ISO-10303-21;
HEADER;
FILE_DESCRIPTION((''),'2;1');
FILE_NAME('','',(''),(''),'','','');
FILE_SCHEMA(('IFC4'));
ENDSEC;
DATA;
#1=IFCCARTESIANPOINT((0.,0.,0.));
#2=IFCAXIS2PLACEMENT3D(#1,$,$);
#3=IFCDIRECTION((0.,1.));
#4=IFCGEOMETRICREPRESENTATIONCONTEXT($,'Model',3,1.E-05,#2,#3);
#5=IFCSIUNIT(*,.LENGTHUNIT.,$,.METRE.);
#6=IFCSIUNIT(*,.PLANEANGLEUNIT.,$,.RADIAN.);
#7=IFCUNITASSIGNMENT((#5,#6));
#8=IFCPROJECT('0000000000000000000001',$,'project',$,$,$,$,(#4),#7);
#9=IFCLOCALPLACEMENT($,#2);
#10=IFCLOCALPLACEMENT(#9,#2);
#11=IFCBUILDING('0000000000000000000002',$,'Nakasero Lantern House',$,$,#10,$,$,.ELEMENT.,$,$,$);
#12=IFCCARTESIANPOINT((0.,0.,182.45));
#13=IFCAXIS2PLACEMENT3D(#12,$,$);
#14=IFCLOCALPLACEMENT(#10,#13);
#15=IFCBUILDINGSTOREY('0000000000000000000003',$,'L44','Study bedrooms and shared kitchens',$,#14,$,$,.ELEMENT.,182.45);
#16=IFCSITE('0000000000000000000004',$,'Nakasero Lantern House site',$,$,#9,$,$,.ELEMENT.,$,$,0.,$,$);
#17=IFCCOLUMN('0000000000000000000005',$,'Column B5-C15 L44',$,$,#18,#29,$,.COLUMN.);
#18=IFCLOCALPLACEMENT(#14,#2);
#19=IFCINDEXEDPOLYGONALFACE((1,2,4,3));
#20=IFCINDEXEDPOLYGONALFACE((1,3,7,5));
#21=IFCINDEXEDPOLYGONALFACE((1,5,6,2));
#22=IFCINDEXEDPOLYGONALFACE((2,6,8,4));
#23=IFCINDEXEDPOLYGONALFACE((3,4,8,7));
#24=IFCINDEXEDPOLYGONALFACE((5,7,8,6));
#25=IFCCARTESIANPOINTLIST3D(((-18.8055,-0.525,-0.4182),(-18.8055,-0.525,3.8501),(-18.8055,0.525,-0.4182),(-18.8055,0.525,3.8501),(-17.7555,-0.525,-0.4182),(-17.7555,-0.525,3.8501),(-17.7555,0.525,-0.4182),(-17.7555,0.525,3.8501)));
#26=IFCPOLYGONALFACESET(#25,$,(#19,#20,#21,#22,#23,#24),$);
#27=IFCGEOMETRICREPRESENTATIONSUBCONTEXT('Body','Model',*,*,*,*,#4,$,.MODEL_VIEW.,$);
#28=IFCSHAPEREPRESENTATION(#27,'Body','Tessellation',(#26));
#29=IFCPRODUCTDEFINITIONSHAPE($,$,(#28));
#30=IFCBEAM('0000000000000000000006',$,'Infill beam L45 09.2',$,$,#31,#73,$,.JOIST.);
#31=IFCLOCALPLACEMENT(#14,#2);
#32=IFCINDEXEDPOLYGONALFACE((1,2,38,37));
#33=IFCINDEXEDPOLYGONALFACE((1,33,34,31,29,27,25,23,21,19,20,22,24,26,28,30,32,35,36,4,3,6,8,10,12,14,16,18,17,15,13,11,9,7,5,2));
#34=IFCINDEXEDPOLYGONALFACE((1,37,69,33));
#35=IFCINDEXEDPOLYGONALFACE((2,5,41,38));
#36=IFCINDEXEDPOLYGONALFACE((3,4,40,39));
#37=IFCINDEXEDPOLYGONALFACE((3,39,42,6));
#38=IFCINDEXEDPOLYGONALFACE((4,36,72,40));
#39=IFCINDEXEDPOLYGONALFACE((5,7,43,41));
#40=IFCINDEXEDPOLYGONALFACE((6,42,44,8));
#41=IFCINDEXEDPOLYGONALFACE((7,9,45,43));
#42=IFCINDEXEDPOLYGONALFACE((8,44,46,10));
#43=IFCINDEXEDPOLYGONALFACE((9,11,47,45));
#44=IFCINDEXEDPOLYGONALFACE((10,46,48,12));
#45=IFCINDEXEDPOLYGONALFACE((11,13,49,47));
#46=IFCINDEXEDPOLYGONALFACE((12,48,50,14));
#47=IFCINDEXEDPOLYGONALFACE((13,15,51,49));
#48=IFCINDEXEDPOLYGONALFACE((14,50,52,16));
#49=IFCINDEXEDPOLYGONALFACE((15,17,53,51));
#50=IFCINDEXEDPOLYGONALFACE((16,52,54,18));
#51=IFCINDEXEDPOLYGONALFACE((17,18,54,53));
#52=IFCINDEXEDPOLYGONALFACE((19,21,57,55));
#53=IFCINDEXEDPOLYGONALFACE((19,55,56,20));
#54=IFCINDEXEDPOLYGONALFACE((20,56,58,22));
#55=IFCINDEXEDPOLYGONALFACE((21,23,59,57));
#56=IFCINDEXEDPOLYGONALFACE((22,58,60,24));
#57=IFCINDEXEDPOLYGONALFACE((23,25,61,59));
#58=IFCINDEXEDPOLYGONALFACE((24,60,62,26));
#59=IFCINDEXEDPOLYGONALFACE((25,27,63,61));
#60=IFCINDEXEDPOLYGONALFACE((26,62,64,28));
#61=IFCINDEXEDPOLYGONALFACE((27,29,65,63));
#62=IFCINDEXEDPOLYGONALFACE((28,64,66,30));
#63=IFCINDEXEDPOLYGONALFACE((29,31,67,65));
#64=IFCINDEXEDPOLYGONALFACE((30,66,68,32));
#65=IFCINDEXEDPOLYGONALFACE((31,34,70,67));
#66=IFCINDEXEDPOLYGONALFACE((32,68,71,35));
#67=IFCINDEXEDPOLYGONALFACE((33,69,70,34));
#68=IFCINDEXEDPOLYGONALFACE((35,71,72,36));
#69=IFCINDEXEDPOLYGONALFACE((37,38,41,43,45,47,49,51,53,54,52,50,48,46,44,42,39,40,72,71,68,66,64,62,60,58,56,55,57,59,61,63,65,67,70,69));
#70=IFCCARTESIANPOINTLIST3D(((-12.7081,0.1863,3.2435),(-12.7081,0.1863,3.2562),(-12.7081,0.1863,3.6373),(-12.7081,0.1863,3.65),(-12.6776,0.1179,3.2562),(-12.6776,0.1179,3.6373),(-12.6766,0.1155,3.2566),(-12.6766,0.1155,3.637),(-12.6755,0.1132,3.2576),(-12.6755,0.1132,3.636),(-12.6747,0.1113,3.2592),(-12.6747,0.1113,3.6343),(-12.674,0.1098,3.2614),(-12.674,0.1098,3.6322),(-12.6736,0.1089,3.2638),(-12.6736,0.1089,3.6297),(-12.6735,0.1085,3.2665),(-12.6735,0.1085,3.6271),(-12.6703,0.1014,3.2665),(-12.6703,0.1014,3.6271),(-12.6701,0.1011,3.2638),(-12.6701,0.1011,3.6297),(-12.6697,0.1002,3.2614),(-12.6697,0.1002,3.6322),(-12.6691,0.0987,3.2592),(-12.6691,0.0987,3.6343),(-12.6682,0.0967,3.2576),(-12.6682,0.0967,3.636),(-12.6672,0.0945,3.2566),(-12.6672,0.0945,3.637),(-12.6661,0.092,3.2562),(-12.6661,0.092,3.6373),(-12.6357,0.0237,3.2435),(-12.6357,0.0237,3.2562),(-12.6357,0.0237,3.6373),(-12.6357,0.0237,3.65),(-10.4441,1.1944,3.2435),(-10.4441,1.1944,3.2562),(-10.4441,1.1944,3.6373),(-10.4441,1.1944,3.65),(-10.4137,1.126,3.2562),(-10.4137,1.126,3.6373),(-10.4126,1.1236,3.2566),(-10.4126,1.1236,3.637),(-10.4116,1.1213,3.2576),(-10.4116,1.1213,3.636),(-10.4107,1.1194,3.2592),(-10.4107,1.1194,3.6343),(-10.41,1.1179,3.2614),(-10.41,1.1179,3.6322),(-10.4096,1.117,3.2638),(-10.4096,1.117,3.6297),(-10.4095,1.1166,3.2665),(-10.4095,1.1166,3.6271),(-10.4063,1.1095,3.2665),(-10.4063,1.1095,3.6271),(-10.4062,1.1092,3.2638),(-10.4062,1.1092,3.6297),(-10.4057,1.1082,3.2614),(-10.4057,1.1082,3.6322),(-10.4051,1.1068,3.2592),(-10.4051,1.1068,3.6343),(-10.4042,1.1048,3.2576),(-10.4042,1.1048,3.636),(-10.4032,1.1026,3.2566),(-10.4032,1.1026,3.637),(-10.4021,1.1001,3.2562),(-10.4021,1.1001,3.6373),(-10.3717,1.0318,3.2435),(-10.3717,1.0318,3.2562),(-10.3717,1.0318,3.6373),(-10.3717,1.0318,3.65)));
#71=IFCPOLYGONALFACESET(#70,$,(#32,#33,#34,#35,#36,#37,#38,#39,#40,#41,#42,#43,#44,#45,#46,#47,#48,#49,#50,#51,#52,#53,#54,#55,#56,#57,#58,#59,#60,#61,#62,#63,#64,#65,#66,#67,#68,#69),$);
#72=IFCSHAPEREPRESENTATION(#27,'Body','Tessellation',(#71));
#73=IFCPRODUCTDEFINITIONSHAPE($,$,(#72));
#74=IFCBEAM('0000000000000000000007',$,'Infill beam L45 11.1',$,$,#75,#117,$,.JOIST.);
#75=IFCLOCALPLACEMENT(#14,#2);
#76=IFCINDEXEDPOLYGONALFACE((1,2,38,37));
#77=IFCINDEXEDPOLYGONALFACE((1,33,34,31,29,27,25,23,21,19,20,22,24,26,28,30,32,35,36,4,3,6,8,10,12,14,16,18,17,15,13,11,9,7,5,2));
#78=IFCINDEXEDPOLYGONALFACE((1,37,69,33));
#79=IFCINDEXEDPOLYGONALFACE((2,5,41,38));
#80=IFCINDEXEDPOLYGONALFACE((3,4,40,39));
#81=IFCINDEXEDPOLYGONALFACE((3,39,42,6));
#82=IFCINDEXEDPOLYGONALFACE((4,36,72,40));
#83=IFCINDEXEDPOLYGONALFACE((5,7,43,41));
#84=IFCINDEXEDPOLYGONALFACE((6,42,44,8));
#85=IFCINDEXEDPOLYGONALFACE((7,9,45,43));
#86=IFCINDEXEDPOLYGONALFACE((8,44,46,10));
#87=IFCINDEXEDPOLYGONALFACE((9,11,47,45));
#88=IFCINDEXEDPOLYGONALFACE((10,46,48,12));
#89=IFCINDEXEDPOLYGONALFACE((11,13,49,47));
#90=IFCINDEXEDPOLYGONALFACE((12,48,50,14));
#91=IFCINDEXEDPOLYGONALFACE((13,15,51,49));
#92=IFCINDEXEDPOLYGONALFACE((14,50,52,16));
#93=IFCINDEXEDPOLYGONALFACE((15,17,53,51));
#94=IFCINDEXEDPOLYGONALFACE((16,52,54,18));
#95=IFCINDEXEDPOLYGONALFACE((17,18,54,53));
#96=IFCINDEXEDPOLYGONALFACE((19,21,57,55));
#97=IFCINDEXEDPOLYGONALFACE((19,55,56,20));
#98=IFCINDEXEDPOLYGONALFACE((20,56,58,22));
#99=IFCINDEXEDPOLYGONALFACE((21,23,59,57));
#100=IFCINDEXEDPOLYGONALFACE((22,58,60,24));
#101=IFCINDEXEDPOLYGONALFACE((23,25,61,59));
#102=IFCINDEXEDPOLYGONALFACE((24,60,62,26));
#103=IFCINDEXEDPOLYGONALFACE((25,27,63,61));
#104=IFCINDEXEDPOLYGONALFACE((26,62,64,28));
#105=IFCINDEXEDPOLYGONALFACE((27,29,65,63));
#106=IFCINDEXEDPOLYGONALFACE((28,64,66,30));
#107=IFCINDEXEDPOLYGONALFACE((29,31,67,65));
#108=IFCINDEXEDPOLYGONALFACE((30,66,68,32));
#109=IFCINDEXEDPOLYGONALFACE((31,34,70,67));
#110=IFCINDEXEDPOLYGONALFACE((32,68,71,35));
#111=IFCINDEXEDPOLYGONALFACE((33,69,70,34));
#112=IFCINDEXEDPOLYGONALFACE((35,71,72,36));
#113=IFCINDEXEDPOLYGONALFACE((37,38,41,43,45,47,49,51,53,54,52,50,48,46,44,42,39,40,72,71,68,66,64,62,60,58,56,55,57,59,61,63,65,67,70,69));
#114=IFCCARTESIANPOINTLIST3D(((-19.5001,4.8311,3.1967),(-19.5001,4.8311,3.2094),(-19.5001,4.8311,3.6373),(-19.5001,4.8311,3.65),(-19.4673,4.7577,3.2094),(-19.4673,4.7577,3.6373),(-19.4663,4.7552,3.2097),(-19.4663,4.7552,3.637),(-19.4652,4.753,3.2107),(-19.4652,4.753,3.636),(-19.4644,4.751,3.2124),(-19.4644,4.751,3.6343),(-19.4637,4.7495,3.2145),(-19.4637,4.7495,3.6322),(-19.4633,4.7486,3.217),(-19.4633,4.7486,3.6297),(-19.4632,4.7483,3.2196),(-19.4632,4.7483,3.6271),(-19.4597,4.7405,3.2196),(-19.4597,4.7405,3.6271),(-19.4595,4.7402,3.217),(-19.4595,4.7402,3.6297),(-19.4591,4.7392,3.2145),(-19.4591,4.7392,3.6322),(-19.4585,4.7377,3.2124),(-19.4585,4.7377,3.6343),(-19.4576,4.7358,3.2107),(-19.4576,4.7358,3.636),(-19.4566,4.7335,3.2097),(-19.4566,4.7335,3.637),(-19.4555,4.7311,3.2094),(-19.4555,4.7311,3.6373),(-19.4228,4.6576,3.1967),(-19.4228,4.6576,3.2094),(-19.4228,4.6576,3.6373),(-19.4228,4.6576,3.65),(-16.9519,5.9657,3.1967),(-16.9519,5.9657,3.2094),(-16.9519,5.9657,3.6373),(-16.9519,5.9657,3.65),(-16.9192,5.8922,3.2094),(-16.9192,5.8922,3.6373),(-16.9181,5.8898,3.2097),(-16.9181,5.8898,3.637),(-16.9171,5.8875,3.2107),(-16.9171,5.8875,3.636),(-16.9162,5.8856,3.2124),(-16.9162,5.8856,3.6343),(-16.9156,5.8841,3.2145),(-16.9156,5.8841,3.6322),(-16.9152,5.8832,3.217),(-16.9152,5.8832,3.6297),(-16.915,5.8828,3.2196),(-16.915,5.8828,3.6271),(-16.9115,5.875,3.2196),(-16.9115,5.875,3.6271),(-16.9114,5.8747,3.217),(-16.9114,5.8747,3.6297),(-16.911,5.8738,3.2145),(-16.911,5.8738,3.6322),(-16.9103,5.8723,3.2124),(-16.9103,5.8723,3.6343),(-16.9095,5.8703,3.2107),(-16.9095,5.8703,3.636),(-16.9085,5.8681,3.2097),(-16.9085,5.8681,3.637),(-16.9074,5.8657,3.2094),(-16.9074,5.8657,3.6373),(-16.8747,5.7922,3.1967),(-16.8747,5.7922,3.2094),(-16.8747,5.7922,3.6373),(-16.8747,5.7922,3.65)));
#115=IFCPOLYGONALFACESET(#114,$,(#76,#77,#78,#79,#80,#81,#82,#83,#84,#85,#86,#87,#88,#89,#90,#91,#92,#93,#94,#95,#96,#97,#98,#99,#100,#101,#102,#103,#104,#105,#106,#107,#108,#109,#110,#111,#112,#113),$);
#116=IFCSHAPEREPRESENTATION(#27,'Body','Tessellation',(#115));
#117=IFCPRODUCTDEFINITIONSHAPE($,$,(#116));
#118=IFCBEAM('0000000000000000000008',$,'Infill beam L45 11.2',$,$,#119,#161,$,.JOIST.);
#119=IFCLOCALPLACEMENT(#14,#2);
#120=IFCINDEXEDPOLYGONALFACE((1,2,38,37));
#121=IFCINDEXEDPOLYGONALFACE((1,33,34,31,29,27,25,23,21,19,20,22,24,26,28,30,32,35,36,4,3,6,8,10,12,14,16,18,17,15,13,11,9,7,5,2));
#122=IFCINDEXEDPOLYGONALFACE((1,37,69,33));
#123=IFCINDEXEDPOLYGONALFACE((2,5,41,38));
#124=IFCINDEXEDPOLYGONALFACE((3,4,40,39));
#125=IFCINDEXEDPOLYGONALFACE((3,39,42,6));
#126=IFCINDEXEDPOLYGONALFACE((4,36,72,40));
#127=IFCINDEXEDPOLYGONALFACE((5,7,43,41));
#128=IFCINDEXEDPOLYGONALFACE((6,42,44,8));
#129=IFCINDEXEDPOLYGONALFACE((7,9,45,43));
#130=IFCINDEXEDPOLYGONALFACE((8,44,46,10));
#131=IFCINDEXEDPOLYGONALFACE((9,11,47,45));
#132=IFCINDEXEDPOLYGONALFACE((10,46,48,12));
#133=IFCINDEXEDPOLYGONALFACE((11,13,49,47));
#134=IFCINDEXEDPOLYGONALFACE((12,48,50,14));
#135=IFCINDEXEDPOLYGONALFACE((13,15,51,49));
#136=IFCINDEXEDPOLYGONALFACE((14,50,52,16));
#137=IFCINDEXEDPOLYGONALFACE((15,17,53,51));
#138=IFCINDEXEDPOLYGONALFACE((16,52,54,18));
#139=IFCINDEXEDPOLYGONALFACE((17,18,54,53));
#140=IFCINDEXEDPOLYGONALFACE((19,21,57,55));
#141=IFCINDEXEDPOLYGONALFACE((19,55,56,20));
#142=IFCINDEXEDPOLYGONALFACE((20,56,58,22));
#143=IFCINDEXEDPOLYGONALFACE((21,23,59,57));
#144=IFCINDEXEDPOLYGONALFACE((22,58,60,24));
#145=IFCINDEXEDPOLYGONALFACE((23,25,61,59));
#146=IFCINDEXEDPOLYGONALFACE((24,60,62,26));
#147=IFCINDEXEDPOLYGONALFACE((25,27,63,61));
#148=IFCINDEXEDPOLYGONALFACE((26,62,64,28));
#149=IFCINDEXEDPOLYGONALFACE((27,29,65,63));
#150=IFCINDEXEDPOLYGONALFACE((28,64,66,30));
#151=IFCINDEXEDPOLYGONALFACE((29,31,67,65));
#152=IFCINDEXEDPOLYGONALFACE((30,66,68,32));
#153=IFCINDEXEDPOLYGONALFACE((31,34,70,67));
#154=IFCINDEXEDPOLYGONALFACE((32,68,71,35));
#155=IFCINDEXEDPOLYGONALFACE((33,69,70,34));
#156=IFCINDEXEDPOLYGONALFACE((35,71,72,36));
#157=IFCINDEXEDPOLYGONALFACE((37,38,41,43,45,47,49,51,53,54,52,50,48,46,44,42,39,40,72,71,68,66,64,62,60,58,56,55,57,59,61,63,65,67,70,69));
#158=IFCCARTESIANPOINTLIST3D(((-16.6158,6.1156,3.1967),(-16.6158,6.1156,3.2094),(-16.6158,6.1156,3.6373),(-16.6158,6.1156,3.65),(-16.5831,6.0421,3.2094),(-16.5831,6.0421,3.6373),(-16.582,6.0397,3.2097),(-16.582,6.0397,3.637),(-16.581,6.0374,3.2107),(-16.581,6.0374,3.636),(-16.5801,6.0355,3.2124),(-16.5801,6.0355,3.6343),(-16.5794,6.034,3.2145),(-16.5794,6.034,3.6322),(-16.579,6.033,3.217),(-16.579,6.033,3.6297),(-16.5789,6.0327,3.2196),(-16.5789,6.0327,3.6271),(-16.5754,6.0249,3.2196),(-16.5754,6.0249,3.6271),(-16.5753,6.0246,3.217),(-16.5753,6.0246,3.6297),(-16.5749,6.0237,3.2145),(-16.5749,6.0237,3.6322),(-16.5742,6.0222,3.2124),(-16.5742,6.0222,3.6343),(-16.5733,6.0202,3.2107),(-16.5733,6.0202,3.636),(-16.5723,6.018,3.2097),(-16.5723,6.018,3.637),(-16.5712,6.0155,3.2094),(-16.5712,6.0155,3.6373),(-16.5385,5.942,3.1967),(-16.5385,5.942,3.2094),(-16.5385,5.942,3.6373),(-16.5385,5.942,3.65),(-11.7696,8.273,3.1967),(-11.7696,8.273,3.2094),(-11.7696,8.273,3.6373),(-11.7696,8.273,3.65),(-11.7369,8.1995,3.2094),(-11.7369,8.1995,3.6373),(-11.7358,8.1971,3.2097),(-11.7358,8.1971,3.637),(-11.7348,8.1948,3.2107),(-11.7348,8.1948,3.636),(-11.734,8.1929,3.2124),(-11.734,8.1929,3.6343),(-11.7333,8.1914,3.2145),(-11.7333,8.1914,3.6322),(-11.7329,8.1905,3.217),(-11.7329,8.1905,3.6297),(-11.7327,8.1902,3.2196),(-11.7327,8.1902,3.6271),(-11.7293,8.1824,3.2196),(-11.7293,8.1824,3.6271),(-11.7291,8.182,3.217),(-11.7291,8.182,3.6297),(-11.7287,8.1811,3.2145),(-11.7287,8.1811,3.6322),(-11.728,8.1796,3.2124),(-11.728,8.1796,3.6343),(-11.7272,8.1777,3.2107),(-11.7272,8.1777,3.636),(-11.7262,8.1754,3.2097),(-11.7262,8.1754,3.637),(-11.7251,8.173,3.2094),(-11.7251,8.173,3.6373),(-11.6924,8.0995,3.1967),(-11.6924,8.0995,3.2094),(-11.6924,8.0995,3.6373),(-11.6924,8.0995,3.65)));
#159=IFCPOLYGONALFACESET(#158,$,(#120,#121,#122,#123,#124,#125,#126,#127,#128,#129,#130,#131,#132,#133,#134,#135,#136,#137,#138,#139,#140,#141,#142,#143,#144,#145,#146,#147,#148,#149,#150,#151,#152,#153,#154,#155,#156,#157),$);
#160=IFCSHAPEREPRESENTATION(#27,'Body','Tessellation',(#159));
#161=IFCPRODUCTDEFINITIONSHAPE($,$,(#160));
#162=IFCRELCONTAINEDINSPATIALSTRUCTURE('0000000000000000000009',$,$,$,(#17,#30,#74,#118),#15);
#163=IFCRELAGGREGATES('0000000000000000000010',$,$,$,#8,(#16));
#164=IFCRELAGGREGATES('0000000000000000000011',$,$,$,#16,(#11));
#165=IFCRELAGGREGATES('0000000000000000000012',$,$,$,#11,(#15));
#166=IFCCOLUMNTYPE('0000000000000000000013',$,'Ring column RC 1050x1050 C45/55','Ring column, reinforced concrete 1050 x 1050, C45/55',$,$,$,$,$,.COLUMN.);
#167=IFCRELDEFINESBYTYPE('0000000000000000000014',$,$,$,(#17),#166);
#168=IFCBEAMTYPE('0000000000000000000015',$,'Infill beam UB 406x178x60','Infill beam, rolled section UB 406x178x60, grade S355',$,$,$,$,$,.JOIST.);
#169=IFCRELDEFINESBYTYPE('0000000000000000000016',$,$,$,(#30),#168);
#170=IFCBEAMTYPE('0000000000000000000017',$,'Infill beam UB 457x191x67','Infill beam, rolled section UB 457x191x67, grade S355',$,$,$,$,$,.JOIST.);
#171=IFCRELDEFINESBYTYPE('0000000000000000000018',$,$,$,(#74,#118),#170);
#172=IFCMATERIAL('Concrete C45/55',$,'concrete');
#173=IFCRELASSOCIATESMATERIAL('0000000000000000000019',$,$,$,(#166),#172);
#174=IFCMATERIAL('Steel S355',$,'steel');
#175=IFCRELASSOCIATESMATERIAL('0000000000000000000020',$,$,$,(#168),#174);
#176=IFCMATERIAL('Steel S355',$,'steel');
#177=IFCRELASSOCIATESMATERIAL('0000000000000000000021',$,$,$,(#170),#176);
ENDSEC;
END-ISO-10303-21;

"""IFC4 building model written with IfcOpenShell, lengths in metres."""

from ifc_helpers import new_model, si_unit, direction, frame, origin, origin_2d, place, context, subcontext, project, spatial, rectangle, i_section, extrude, material, material_profile, profile_set, type_object, element, save


model = new_model("IFC4")

# Units and contexts
model_context = context("Model", 3, precision=1e-05, world=origin(), true_north=direction((0.0, 1.0)))
body_context = subcontext(model_context, "Body", "Model", "MODEL_VIEW")
ifc_project = project(units=[si_unit("LENGTHUNIT", "METRE"), si_unit("PLANEANGLEUNIT", "RADIAN")], contexts=[model_context])

# Site, building, storey
site_placement = place(None, origin())
site = spatial("IfcSite", under=ifc_project, at=site_placement, Name="Nakasero Lantern House site", CompositionType="ELEMENT", RefElevation=0.0)
building_placement = place(site_placement, origin())
building = spatial("IfcBuilding", under=site, at=building_placement, Name="Nakasero Lantern House", CompositionType="ELEMENT")
storey_placement = place(building_placement, frame((0.0, 0.0, 182.45)))
storey = spatial("IfcBuildingStorey", under=building, at=storey_placement, Name="L44", Description="Study bedrooms and shared kitchens", CompositionType="ELEMENT", Elevation=182.45)

# Column
ifc_material_1 = material(Name="Concrete C45/55", Category="concrete")
ifc_material_profile_1 = material_profile(ifc_material_1, rectangle(XDim=1.05, YDim=1.05, at=origin_2d()), Name="RC 1050x1050")
ifc_profile_set_1 = profile_set([ifc_material_profile_1], Name="Concrete C45/55")
column_type = type_object("IfcColumnType", Name="Ring column RC 1050x1050 C45/55", Description="Ring column, reinforced concrete 1050 x 1050, C45/55", PredefinedType="COLUMN", material=ifc_profile_set_1)
column_placement = place(storey_placement, frame((-18.2805, 0.0, -0.4182), z_axis=(0.0, 0.0, 1.0), x_axis=(1.0, 0.0, 0.0)))
element("IfcColumn", 1, at=column_placement, inside=storey, type_object=column_type, Name="Column B5-C15 L44", PredefinedType="COLUMN", context=body_context, shape_type="SweptSolid", body=[
    extrude(rectangle(XDim=1.05, YDim=1.05, at=origin_2d()), origin(), (0.0, 0.0, 1.0), 4.2683),
])

# Beams
ifc_material_2 = material(Name="Steel S355", Category="steel")
ifc_material_profile_2 = material_profile(ifc_material_2, i_section(OverallWidth=0.178, OverallDepth=0.4065, WebThickness=0.0078, FlangeThickness=0.0127, FilletRadius=0.0103, at=origin_2d()), Name="UB 406x178x60")
ifc_profile_set_2 = profile_set([ifc_material_profile_2], Name="Steel S355")
beam_type_1 = type_object("IfcBeamType", Name="Infill beam UB 406x178x60", Description="Infill beam, rolled section UB 406x178x60, grade S355", PredefinedType="JOIST", material=ifc_profile_set_2)
beam_1_placement = place(storey_placement, frame((-12.6719, 0.105, 3.4468), z_axis=(0.913531, 0.406769, 0.0), x_axis=(-0.406769, 0.913531, 0.0)))
element("IfcBeam", 2, at=beam_1_placement, inside=storey, type_object=beam_type_1, Name="Infill beam L45 09.2", PredefinedType="JOIST", context=body_context, shape_type="SweptSolid", body=[
    extrude(i_section(OverallWidth=0.178, OverallDepth=0.4065, WebThickness=0.0078, FlangeThickness=0.0127, FilletRadius=0.0103, at=origin_2d()), origin(), (0.0, 0.0, 1.0), 2.4783),
])
ifc_material_3 = material(Name="Steel S355", Category="steel")
ifc_material_profile_3 = material_profile(ifc_material_3, i_section(OverallWidth=0.1899, OverallDepth=0.4534, WebThickness=0.0085, FlangeThickness=0.0127, FilletRadius=0.0103, at=origin_2d()), Name="UB 457x191x67")
ifc_profile_set_3 = profile_set([ifc_material_profile_3], Name="Steel S355")
beam_type_2 = type_object("IfcBeamType", Name="Infill beam UB 457x191x67", Description="Infill beam, rolled section UB 457x191x67, grade S355", PredefinedType="JOIST", material=ifc_profile_set_3)
beam_2_placement = place(storey_placement, frame((-19.4614, 4.7444, 3.4233), z_axis=(0.913541, 0.406747, 0.0), x_axis=(-0.406747, 0.913541, 0.0)))
element("IfcBeam", 3, at=beam_2_placement, inside=storey, type_object=beam_type_2, Name="Infill beam L45 11.1", PredefinedType="JOIST", context=body_context, shape_type="SweptSolid", body=[
    extrude(i_section(OverallWidth=0.1899, OverallDepth=0.4534, WebThickness=0.0085, FlangeThickness=0.0127, FilletRadius=0.0103, at=origin_2d()), origin(), (0.0, 0.0, 1.0), 2.7893),
])
beam_3_placement = place(storey_placement, frame((-16.5771, 6.0288, 3.4233), z_axis=(0.913559, 0.406706, 0.0), x_axis=(-0.406706, 0.913559, 0.0)))
element("IfcBeam", 4, at=beam_3_placement, inside=storey, type_object=beam_type_2, Name="Infill beam L45 11.2", PredefinedType="JOIST", context=body_context, shape_type="SweptSolid", body=[
    extrude(i_section(OverallWidth=0.1899, OverallDepth=0.4534, WebThickness=0.0085, FlangeThickness=0.0127, FilletRadius=0.0103, at=origin_2d()), origin(), (0.0, 0.0, 1.0), 5.3047),
])

save(model, "model.ifc")
